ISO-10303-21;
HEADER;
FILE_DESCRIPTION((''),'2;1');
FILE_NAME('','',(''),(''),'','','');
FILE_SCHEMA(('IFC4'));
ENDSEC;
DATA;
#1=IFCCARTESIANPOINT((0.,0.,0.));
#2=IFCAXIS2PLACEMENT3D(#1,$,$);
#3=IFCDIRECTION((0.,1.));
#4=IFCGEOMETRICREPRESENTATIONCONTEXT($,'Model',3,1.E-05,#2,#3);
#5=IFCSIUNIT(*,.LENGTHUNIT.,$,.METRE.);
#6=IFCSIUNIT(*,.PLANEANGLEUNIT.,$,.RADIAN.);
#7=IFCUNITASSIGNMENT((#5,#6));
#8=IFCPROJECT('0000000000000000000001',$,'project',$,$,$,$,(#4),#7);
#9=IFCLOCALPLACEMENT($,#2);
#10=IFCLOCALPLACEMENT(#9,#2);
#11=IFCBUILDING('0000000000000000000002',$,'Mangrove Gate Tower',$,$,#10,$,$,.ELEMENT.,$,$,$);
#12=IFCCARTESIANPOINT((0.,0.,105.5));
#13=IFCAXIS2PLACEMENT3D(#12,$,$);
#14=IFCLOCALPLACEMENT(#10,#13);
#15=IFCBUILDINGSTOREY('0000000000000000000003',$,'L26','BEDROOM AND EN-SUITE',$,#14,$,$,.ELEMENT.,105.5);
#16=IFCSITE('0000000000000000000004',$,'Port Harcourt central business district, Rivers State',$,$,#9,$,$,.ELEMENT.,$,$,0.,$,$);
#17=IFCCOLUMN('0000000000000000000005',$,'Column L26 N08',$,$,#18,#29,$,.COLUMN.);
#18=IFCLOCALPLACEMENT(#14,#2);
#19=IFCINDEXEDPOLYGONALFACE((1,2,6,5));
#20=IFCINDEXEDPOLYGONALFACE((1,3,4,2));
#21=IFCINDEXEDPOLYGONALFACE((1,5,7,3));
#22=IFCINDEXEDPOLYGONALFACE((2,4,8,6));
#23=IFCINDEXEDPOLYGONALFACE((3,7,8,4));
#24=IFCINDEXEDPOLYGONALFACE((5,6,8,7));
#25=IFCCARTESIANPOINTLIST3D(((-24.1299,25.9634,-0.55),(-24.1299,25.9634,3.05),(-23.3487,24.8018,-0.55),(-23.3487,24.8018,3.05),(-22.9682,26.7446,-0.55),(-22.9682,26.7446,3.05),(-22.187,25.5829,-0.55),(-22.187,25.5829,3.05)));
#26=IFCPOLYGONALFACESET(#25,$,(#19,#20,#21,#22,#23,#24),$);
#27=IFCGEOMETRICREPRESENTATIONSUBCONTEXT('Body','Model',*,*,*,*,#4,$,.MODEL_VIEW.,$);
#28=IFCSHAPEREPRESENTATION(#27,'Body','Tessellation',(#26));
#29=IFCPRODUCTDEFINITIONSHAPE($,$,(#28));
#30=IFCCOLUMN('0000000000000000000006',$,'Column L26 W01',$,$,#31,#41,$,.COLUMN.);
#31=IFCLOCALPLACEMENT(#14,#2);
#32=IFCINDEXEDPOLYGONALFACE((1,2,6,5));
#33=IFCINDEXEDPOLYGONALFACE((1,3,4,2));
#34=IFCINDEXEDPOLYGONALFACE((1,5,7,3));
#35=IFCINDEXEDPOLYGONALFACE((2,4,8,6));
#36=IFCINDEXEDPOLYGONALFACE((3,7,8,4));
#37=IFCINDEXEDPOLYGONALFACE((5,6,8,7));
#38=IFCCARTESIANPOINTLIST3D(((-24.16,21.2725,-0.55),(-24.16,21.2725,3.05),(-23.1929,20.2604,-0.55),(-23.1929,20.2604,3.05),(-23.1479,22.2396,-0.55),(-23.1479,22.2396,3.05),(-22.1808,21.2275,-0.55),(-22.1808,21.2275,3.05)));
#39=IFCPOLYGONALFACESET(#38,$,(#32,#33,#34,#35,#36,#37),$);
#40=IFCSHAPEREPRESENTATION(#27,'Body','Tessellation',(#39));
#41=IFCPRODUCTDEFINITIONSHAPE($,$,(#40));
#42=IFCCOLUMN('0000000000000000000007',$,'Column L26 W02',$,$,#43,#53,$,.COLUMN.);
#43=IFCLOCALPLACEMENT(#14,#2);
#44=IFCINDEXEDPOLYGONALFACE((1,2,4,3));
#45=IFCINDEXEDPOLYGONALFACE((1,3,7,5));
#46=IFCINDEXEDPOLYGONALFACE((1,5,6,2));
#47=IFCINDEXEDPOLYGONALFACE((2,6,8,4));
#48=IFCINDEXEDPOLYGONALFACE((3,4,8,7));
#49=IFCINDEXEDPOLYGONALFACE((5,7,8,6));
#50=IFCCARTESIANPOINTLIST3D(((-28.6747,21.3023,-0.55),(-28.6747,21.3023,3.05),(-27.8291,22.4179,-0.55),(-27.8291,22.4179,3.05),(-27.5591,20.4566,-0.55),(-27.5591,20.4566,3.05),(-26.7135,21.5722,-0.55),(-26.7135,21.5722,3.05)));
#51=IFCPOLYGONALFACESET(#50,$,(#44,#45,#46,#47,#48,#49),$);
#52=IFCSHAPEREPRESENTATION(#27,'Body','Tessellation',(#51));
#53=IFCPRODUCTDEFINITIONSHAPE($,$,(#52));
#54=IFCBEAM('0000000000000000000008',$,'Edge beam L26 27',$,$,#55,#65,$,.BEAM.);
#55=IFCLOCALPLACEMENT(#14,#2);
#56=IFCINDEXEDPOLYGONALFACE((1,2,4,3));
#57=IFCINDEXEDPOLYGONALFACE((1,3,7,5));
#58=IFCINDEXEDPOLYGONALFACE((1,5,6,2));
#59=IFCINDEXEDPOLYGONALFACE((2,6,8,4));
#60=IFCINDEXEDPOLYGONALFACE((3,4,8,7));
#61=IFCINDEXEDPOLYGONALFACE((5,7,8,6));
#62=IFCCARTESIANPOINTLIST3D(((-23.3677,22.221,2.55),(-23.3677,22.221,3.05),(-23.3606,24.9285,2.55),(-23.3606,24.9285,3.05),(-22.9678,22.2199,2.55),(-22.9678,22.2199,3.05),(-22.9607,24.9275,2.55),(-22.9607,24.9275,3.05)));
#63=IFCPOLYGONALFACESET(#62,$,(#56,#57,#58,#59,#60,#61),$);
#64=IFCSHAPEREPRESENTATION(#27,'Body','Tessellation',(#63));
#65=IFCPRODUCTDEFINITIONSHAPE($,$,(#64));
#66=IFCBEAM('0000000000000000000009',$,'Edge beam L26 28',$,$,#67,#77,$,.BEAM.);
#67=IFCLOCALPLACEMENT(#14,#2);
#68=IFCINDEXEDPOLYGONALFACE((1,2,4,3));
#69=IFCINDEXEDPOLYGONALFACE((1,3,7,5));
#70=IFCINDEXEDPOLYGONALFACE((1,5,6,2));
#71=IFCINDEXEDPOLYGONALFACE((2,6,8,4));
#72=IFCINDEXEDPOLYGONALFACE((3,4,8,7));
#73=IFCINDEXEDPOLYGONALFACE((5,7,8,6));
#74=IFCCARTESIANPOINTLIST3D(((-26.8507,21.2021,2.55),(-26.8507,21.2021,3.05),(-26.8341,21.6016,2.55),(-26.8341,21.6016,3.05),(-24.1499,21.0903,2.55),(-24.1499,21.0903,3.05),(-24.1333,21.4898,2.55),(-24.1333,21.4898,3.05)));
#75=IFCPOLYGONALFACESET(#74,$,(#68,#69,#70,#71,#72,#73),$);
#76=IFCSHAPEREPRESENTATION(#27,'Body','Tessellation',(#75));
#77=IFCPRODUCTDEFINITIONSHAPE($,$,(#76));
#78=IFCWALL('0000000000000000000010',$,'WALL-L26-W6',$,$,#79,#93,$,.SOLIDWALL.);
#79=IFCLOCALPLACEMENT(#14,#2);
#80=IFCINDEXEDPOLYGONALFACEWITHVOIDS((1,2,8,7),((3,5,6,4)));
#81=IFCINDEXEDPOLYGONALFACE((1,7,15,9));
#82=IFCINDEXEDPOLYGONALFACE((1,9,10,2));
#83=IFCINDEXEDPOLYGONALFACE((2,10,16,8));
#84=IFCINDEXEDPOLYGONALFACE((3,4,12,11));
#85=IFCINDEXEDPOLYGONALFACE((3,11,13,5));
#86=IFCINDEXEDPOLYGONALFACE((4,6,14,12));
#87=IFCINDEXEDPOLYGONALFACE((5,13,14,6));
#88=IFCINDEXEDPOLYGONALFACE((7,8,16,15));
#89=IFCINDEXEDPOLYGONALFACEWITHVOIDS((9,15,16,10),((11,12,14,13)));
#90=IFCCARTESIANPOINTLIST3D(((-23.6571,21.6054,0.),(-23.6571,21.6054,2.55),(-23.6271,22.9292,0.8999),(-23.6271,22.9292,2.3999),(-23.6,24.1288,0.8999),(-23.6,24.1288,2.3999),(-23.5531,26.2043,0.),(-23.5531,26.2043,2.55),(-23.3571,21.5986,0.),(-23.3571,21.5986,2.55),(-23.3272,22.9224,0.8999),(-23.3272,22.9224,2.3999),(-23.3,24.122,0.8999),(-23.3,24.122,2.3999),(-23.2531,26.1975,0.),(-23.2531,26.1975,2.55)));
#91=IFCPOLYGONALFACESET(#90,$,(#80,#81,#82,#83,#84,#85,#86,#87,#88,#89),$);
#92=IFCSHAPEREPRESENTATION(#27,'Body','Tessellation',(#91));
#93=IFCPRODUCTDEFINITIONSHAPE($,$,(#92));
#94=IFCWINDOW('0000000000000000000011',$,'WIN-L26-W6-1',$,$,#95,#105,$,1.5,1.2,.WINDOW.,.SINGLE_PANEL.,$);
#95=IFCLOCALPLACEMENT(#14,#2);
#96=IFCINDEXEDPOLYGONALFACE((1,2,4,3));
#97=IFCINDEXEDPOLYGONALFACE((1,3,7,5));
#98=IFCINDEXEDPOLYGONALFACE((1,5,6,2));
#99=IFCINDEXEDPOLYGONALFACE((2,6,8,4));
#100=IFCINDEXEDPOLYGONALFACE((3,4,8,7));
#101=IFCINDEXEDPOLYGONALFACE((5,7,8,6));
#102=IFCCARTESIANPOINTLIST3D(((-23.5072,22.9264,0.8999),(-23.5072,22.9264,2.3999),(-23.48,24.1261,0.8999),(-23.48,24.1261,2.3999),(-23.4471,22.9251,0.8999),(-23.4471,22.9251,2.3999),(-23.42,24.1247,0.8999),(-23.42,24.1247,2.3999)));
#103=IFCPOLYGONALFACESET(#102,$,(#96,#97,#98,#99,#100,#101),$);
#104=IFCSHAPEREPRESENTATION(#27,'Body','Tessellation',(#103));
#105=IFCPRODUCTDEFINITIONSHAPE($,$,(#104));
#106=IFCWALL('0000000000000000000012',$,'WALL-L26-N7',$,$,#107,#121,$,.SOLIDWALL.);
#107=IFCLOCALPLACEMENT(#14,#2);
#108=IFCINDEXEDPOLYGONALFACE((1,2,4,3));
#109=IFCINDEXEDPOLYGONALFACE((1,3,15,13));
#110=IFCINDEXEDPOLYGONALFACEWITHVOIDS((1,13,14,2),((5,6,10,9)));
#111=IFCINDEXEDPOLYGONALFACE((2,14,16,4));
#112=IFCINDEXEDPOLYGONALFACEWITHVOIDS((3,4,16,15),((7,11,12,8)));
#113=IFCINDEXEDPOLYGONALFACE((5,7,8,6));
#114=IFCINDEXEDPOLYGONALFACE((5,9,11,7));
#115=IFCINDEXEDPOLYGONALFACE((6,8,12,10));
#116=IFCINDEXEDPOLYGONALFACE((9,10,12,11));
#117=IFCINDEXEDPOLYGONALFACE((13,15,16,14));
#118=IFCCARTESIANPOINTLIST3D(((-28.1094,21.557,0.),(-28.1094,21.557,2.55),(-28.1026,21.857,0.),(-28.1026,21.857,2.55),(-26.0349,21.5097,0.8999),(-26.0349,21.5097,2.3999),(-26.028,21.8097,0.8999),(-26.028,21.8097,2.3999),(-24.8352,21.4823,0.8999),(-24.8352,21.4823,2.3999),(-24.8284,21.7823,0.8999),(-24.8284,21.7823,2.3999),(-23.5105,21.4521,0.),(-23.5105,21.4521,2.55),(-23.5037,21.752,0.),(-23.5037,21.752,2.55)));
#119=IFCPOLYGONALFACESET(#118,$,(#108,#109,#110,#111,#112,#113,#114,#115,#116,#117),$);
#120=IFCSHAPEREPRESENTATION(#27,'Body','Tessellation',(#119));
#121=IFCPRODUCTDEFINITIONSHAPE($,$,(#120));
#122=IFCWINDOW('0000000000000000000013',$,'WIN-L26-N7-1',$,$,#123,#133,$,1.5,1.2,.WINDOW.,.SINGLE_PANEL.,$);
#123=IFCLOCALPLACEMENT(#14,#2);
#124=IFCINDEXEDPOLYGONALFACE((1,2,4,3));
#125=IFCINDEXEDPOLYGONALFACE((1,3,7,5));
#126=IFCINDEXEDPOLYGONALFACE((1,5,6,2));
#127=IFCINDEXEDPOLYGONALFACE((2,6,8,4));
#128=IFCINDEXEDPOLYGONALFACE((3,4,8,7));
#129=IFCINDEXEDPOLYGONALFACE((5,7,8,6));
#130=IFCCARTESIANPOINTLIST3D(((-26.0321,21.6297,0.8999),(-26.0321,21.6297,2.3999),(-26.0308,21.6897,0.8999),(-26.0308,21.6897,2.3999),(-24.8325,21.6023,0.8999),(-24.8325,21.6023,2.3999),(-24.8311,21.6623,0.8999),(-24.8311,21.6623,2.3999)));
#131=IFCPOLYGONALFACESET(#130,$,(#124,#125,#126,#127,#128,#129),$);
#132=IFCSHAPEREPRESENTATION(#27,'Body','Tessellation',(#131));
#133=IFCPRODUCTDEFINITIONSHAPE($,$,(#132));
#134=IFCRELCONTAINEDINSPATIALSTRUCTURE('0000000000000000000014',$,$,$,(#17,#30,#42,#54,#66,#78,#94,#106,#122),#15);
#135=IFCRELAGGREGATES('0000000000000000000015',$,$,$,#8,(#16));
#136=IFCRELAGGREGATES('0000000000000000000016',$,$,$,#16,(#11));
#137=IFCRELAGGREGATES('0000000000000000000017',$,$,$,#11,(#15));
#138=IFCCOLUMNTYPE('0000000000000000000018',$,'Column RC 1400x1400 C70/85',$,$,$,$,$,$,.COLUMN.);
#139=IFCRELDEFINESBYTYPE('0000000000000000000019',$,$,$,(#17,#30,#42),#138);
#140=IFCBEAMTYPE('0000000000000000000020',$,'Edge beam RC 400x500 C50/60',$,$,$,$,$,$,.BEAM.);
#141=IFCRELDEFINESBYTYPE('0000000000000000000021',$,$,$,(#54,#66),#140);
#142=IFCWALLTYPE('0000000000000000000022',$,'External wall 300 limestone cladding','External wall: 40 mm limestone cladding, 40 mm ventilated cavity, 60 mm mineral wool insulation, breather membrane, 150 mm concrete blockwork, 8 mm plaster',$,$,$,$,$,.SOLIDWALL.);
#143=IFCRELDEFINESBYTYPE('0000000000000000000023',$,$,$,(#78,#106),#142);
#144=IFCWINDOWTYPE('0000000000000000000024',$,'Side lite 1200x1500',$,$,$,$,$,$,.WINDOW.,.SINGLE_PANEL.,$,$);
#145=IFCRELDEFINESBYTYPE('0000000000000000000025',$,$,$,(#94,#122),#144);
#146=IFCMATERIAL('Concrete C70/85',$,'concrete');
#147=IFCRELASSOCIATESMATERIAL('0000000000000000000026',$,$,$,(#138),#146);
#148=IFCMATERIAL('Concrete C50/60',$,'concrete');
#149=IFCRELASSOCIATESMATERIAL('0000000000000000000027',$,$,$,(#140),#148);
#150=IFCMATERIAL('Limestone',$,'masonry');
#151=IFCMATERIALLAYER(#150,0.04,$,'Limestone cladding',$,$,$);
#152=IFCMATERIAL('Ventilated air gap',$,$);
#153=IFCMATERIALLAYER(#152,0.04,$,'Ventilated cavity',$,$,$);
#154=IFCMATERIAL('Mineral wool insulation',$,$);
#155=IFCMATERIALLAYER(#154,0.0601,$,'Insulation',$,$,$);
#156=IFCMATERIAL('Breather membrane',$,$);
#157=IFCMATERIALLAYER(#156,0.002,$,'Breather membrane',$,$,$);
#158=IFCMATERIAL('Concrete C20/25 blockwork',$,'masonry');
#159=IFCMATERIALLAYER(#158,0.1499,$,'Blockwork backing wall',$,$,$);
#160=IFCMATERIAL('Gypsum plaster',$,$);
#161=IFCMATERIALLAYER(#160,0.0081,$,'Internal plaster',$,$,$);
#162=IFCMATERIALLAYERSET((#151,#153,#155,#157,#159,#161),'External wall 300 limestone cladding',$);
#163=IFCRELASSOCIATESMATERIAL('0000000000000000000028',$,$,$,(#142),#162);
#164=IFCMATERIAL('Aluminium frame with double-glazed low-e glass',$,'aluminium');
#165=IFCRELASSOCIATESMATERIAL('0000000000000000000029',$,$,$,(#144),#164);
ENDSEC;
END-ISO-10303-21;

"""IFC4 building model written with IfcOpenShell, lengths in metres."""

from ifc_helpers import new_model, si_unit, direction, frame, frame_2d, origin, origin_2d, place, context, subcontext, project, spatial, rectangle, extrude, material, layer, layer_set, material_profile, profile_set, type_object, element, fill, save


model = new_model("IFC4")

# Units and contexts
model_context = context("Model", 3, precision=1e-05, world=origin(), true_north=direction((0.0, 1.0)))
body_context = subcontext(model_context, "Body", "Model", "MODEL_VIEW")
ifc_project = project(units=[si_unit("LENGTHUNIT", "METRE"), si_unit("PLANEANGLEUNIT", "RADIAN")], contexts=[model_context])

# Site, building, storey
site_placement = place(None, origin())
site = spatial("IfcSite", under=ifc_project, at=site_placement, Name="Port Harcourt central business district, Rivers State", CompositionType="ELEMENT", RefElevation=0.0)
building_placement = place(site_placement, origin())
building = spatial("IfcBuilding", under=site, at=building_placement, Name="Mangrove Gate Tower", CompositionType="ELEMENT")
storey_placement = place(building_placement, frame((0.0, 0.0, 105.5)))
storey = spatial("IfcBuildingStorey", under=building, at=storey_placement, Name="L26", Description="BEDROOM AND EN-SUITE", CompositionType="ELEMENT", Elevation=105.5)

# Columns
ifc_material_1 = material(Name="Concrete C70/85", Category="concrete")
ifc_material_profile_1 = material_profile(ifc_material_1, rectangle(XDim=1.3999, YDim=1.3999, at=origin_2d()))
ifc_profile_set_1 = profile_set([ifc_material_profile_1], Name="Concrete C70/85")
column_type = type_object("IfcColumnType", Name="Column RC 1400x1400 C70/85", PredefinedType="COLUMN", material=ifc_profile_set_1)
for number, where, z_axis, x_axis, name in (
    (1, (-23.1584, 25.7732, -0.55), (0.0, 0.0, 1.0), (-0.829826, -0.558023, 0.0), "Column L26 N08"),
    (2, (-23.1704, 21.25, -0.55), (0.0, 0.0, 1.0), (-0.722989, -0.69086, 0.0), "Column L26 W01"),
    (3, (-27.6941, 21.4373, -0.55), (0.0, 0.0, 1.0), (-0.604088, -0.796917, 0.0), "Column L26 W02"),
):
    element("IfcColumn", number, at=place(storey_placement, frame(where, z_axis=z_axis, x_axis=x_axis)), inside=storey, type_object=column_type, Name=name, PredefinedType="COLUMN", context=body_context, shape_type="SweptSolid", body=[
        extrude(rectangle(XDim=1.3999, YDim=1.3999, at=origin_2d()), origin(), (0.0, 0.0, 1.0), 3.6001),
    ])

# Beams
ifc_material_2 = material(Name="Concrete C50/60", Category="concrete")
ifc_material_profile_2 = material_profile(ifc_material_2, rectangle(XDim=0.3999, YDim=0.5, at=origin_2d()))
ifc_profile_set_2 = profile_set([ifc_material_profile_2], Name="Concrete C50/60")
beam_type = type_object("IfcBeamType", Name="Edge beam RC 400x500 C50/60", PredefinedType="BEAM", material=ifc_profile_set_2)
beam_1_placement = place(storey_placement, frame((-23.1606, 24.928, 2.8), z_axis=(-0.002615, -0.999997, 0.0), x_axis=(0.999997, -0.002615, 0.0)))
element("IfcBeam", 4, at=beam_1_placement, inside=storey, type_object=beam_type, Name="Edge beam L26 27", PredefinedType="BEAM", context=body_context, shape_type="SweptSolid", body=[
    extrude(rectangle(XDim=0.3999, YDim=0.5, at=origin_2d()), origin(), (0.0, 0.0, 1.0), 2.7075),
])
beam_2_placement = place(storey_placement, frame((-24.1416, 21.29, 2.8), z_axis=(-0.999144, 0.041364, 0.0), x_axis=(-0.041364, -0.999144, 0.0)))
element("IfcBeam", 5, at=beam_2_placement, inside=storey, type_object=beam_type, Name="Edge beam L26 28", PredefinedType="BEAM", context=body_context, shape_type="SweptSolid", body=[
    extrude(rectangle(XDim=0.3999, YDim=0.5, at=origin_2d()), origin(), (0.0, 0.0, 1.0), 2.7031),
])

# Walls, openings, windows
ifc_material_3 = material(Name="Limestone", Category="masonry")
ifc_layer_1 = layer(ifc_material_3, 0.04, Name="Limestone cladding")
ifc_material_4 = material(Name="Ventilated air gap")
ifc_layer_2 = layer(ifc_material_4, 0.04, Name="Ventilated cavity")
ifc_material_5 = material(Name="Mineral wool insulation")
ifc_layer_3 = layer(ifc_material_5, 0.0601, Name="Insulation")
ifc_material_6 = material(Name="Breather membrane")
ifc_layer_4 = layer(ifc_material_6, 0.002, Name="Breather membrane")
ifc_material_7 = material(Name="Concrete C20/25 blockwork", Category="masonry")
ifc_layer_5 = layer(ifc_material_7, 0.1499, Name="Blockwork backing wall")
ifc_material_8 = material(Name="Gypsum plaster")
ifc_layer_6 = layer(ifc_material_8, 0.0081, Name="Internal plaster")
ifc_layer_set = layer_set([ifc_layer_1, ifc_layer_2, ifc_layer_3, ifc_layer_4, ifc_layer_5, ifc_layer_6], Name="External wall 300 limestone cladding")
wall_type = type_object("IfcWallType", Name="External wall 300 limestone cladding", Description="External wall: 40 mm limestone cladding, 40 mm ventilated cavity, 60 mm mineral wool insulation, breather membrane, 150 mm concrete blockwork, 8 mm plaster", PredefinedType="SOLIDWALL", material=ifc_layer_set)
wall_1_placement = place(storey_placement, frame((-23.4031, 26.2009, 0.0), z_axis=(0.0, 0.0, 1.0), x_axis=(-0.022609, -0.999744, 0.0)))
wall_1 = element("IfcWall", 6, at=wall_1_placement, inside=storey, type_object=wall_type, Name="WALL-L26-W6", PredefinedType="SOLIDWALL", context=body_context, shape_type="SweptSolid", body=[
    extrude(rectangle(XDim=4.6001, YDim=0.3, at=frame_2d((2.3, 0.0))), origin(), (0.0, 0.0, 1.0), 2.55),
])
opening_1_placement = place(wall_1_placement, frame((2.0759, 0.0, 0.8999)))
opening_1 = element("IfcOpeningElement", 7, at=opening_1_placement, cuts=wall_1, PredefinedType="OPENING", context=body_context, shape_type="SweptSolid", body=[
    extrude(rectangle(XDim=1.2, YDim=1.5, at=frame_2d((0.6001, 0.75))), frame((0.0, 0.1599, 0.0), z_axis=(0.0, -1.0, 0.0), x_axis=(1.0, 0.0, 0.0)), (0.0, 0.0, 1.0), 0.3201),
])
ifc_material_9 = material(Name="Aluminium frame with double-glazed low-e glass", Category="aluminium")
window_type_1 = type_object("IfcWindowType", Name="Side lite 1200x1500", PartitioningType="SINGLE_PANEL", PredefinedType="WINDOW", material=ifc_material_9)
window_1_placement = place(opening_1_placement, origin())
window_1 = element("IfcWindow", 8, at=window_1_placement, inside=storey, type_object=window_type_1, Name="WIN-L26-W6-1", OverallHeight=1.5, OverallWidth=1.2, PartitioningType="SINGLE_PANEL", PredefinedType="WINDOW", context=body_context, shape_type="SweptSolid", body=[
    extrude(rectangle(XDim=1.2, YDim=1.5, at=frame_2d((0.6001, 0.75))), frame((0.0, 0.03, 0.0), z_axis=(0.0, -1.0, 0.0), x_axis=(1.0, 0.0, 0.0)), (0.0, 0.0, 1.0), 0.0601),
])
fill(opening_1, window_1)
wall_2_placement = place(storey_placement, frame((-23.5071, 21.6021, 0.0), z_axis=(0.0, 0.0, 1.0), x_axis=(-0.99974, 0.022821, 0.0)))
wall_2 = element("IfcWall", 9, at=wall_2_placement, inside=storey, type_object=wall_type, Name="WALL-L26-N7", PredefinedType="SOLIDWALL", context=body_context, shape_type="SweptSolid", body=[
    extrude(rectangle(XDim=4.6001, YDim=0.3, at=frame_2d((2.3, 0.0))), origin(), (0.0, 0.0, 1.0), 2.55),
])
opening_2_placement = place(wall_2_placement, frame((1.325, 0.0, 0.8999)))
opening_2 = element("IfcOpeningElement", 10, at=opening_2_placement, cuts=wall_2, PredefinedType="OPENING", context=body_context, shape_type="SweptSolid", body=[
    extrude(rectangle(XDim=1.2, YDim=1.5, at=frame_2d((0.6001, 0.75))), frame((0.0, 0.1599, 0.0), z_axis=(0.0, -1.0, 0.0), x_axis=(1.0, 0.0, 0.0)), (0.0, 0.0, 1.0), 0.3201),
])
window_2_placement = place(opening_2_placement, origin())
window_2 = element("IfcWindow", 11, at=window_2_placement, inside=storey, type_object=window_type_1, Name="WIN-L26-N7-1", OverallHeight=1.5, OverallWidth=1.2, PartitioningType="SINGLE_PANEL", PredefinedType="WINDOW", context=body_context, shape_type="SweptSolid", body=[
    extrude(rectangle(XDim=1.2, YDim=1.5, at=frame_2d((0.6001, 0.75))), frame((0.0, 0.03, 0.0), z_axis=(0.0, -1.0, 0.0), x_axis=(1.0, 0.0, 0.0)), (0.0, 0.0, 1.0), 0.0601),
])
fill(opening_2, window_2)

save(model, "model.ifc")
